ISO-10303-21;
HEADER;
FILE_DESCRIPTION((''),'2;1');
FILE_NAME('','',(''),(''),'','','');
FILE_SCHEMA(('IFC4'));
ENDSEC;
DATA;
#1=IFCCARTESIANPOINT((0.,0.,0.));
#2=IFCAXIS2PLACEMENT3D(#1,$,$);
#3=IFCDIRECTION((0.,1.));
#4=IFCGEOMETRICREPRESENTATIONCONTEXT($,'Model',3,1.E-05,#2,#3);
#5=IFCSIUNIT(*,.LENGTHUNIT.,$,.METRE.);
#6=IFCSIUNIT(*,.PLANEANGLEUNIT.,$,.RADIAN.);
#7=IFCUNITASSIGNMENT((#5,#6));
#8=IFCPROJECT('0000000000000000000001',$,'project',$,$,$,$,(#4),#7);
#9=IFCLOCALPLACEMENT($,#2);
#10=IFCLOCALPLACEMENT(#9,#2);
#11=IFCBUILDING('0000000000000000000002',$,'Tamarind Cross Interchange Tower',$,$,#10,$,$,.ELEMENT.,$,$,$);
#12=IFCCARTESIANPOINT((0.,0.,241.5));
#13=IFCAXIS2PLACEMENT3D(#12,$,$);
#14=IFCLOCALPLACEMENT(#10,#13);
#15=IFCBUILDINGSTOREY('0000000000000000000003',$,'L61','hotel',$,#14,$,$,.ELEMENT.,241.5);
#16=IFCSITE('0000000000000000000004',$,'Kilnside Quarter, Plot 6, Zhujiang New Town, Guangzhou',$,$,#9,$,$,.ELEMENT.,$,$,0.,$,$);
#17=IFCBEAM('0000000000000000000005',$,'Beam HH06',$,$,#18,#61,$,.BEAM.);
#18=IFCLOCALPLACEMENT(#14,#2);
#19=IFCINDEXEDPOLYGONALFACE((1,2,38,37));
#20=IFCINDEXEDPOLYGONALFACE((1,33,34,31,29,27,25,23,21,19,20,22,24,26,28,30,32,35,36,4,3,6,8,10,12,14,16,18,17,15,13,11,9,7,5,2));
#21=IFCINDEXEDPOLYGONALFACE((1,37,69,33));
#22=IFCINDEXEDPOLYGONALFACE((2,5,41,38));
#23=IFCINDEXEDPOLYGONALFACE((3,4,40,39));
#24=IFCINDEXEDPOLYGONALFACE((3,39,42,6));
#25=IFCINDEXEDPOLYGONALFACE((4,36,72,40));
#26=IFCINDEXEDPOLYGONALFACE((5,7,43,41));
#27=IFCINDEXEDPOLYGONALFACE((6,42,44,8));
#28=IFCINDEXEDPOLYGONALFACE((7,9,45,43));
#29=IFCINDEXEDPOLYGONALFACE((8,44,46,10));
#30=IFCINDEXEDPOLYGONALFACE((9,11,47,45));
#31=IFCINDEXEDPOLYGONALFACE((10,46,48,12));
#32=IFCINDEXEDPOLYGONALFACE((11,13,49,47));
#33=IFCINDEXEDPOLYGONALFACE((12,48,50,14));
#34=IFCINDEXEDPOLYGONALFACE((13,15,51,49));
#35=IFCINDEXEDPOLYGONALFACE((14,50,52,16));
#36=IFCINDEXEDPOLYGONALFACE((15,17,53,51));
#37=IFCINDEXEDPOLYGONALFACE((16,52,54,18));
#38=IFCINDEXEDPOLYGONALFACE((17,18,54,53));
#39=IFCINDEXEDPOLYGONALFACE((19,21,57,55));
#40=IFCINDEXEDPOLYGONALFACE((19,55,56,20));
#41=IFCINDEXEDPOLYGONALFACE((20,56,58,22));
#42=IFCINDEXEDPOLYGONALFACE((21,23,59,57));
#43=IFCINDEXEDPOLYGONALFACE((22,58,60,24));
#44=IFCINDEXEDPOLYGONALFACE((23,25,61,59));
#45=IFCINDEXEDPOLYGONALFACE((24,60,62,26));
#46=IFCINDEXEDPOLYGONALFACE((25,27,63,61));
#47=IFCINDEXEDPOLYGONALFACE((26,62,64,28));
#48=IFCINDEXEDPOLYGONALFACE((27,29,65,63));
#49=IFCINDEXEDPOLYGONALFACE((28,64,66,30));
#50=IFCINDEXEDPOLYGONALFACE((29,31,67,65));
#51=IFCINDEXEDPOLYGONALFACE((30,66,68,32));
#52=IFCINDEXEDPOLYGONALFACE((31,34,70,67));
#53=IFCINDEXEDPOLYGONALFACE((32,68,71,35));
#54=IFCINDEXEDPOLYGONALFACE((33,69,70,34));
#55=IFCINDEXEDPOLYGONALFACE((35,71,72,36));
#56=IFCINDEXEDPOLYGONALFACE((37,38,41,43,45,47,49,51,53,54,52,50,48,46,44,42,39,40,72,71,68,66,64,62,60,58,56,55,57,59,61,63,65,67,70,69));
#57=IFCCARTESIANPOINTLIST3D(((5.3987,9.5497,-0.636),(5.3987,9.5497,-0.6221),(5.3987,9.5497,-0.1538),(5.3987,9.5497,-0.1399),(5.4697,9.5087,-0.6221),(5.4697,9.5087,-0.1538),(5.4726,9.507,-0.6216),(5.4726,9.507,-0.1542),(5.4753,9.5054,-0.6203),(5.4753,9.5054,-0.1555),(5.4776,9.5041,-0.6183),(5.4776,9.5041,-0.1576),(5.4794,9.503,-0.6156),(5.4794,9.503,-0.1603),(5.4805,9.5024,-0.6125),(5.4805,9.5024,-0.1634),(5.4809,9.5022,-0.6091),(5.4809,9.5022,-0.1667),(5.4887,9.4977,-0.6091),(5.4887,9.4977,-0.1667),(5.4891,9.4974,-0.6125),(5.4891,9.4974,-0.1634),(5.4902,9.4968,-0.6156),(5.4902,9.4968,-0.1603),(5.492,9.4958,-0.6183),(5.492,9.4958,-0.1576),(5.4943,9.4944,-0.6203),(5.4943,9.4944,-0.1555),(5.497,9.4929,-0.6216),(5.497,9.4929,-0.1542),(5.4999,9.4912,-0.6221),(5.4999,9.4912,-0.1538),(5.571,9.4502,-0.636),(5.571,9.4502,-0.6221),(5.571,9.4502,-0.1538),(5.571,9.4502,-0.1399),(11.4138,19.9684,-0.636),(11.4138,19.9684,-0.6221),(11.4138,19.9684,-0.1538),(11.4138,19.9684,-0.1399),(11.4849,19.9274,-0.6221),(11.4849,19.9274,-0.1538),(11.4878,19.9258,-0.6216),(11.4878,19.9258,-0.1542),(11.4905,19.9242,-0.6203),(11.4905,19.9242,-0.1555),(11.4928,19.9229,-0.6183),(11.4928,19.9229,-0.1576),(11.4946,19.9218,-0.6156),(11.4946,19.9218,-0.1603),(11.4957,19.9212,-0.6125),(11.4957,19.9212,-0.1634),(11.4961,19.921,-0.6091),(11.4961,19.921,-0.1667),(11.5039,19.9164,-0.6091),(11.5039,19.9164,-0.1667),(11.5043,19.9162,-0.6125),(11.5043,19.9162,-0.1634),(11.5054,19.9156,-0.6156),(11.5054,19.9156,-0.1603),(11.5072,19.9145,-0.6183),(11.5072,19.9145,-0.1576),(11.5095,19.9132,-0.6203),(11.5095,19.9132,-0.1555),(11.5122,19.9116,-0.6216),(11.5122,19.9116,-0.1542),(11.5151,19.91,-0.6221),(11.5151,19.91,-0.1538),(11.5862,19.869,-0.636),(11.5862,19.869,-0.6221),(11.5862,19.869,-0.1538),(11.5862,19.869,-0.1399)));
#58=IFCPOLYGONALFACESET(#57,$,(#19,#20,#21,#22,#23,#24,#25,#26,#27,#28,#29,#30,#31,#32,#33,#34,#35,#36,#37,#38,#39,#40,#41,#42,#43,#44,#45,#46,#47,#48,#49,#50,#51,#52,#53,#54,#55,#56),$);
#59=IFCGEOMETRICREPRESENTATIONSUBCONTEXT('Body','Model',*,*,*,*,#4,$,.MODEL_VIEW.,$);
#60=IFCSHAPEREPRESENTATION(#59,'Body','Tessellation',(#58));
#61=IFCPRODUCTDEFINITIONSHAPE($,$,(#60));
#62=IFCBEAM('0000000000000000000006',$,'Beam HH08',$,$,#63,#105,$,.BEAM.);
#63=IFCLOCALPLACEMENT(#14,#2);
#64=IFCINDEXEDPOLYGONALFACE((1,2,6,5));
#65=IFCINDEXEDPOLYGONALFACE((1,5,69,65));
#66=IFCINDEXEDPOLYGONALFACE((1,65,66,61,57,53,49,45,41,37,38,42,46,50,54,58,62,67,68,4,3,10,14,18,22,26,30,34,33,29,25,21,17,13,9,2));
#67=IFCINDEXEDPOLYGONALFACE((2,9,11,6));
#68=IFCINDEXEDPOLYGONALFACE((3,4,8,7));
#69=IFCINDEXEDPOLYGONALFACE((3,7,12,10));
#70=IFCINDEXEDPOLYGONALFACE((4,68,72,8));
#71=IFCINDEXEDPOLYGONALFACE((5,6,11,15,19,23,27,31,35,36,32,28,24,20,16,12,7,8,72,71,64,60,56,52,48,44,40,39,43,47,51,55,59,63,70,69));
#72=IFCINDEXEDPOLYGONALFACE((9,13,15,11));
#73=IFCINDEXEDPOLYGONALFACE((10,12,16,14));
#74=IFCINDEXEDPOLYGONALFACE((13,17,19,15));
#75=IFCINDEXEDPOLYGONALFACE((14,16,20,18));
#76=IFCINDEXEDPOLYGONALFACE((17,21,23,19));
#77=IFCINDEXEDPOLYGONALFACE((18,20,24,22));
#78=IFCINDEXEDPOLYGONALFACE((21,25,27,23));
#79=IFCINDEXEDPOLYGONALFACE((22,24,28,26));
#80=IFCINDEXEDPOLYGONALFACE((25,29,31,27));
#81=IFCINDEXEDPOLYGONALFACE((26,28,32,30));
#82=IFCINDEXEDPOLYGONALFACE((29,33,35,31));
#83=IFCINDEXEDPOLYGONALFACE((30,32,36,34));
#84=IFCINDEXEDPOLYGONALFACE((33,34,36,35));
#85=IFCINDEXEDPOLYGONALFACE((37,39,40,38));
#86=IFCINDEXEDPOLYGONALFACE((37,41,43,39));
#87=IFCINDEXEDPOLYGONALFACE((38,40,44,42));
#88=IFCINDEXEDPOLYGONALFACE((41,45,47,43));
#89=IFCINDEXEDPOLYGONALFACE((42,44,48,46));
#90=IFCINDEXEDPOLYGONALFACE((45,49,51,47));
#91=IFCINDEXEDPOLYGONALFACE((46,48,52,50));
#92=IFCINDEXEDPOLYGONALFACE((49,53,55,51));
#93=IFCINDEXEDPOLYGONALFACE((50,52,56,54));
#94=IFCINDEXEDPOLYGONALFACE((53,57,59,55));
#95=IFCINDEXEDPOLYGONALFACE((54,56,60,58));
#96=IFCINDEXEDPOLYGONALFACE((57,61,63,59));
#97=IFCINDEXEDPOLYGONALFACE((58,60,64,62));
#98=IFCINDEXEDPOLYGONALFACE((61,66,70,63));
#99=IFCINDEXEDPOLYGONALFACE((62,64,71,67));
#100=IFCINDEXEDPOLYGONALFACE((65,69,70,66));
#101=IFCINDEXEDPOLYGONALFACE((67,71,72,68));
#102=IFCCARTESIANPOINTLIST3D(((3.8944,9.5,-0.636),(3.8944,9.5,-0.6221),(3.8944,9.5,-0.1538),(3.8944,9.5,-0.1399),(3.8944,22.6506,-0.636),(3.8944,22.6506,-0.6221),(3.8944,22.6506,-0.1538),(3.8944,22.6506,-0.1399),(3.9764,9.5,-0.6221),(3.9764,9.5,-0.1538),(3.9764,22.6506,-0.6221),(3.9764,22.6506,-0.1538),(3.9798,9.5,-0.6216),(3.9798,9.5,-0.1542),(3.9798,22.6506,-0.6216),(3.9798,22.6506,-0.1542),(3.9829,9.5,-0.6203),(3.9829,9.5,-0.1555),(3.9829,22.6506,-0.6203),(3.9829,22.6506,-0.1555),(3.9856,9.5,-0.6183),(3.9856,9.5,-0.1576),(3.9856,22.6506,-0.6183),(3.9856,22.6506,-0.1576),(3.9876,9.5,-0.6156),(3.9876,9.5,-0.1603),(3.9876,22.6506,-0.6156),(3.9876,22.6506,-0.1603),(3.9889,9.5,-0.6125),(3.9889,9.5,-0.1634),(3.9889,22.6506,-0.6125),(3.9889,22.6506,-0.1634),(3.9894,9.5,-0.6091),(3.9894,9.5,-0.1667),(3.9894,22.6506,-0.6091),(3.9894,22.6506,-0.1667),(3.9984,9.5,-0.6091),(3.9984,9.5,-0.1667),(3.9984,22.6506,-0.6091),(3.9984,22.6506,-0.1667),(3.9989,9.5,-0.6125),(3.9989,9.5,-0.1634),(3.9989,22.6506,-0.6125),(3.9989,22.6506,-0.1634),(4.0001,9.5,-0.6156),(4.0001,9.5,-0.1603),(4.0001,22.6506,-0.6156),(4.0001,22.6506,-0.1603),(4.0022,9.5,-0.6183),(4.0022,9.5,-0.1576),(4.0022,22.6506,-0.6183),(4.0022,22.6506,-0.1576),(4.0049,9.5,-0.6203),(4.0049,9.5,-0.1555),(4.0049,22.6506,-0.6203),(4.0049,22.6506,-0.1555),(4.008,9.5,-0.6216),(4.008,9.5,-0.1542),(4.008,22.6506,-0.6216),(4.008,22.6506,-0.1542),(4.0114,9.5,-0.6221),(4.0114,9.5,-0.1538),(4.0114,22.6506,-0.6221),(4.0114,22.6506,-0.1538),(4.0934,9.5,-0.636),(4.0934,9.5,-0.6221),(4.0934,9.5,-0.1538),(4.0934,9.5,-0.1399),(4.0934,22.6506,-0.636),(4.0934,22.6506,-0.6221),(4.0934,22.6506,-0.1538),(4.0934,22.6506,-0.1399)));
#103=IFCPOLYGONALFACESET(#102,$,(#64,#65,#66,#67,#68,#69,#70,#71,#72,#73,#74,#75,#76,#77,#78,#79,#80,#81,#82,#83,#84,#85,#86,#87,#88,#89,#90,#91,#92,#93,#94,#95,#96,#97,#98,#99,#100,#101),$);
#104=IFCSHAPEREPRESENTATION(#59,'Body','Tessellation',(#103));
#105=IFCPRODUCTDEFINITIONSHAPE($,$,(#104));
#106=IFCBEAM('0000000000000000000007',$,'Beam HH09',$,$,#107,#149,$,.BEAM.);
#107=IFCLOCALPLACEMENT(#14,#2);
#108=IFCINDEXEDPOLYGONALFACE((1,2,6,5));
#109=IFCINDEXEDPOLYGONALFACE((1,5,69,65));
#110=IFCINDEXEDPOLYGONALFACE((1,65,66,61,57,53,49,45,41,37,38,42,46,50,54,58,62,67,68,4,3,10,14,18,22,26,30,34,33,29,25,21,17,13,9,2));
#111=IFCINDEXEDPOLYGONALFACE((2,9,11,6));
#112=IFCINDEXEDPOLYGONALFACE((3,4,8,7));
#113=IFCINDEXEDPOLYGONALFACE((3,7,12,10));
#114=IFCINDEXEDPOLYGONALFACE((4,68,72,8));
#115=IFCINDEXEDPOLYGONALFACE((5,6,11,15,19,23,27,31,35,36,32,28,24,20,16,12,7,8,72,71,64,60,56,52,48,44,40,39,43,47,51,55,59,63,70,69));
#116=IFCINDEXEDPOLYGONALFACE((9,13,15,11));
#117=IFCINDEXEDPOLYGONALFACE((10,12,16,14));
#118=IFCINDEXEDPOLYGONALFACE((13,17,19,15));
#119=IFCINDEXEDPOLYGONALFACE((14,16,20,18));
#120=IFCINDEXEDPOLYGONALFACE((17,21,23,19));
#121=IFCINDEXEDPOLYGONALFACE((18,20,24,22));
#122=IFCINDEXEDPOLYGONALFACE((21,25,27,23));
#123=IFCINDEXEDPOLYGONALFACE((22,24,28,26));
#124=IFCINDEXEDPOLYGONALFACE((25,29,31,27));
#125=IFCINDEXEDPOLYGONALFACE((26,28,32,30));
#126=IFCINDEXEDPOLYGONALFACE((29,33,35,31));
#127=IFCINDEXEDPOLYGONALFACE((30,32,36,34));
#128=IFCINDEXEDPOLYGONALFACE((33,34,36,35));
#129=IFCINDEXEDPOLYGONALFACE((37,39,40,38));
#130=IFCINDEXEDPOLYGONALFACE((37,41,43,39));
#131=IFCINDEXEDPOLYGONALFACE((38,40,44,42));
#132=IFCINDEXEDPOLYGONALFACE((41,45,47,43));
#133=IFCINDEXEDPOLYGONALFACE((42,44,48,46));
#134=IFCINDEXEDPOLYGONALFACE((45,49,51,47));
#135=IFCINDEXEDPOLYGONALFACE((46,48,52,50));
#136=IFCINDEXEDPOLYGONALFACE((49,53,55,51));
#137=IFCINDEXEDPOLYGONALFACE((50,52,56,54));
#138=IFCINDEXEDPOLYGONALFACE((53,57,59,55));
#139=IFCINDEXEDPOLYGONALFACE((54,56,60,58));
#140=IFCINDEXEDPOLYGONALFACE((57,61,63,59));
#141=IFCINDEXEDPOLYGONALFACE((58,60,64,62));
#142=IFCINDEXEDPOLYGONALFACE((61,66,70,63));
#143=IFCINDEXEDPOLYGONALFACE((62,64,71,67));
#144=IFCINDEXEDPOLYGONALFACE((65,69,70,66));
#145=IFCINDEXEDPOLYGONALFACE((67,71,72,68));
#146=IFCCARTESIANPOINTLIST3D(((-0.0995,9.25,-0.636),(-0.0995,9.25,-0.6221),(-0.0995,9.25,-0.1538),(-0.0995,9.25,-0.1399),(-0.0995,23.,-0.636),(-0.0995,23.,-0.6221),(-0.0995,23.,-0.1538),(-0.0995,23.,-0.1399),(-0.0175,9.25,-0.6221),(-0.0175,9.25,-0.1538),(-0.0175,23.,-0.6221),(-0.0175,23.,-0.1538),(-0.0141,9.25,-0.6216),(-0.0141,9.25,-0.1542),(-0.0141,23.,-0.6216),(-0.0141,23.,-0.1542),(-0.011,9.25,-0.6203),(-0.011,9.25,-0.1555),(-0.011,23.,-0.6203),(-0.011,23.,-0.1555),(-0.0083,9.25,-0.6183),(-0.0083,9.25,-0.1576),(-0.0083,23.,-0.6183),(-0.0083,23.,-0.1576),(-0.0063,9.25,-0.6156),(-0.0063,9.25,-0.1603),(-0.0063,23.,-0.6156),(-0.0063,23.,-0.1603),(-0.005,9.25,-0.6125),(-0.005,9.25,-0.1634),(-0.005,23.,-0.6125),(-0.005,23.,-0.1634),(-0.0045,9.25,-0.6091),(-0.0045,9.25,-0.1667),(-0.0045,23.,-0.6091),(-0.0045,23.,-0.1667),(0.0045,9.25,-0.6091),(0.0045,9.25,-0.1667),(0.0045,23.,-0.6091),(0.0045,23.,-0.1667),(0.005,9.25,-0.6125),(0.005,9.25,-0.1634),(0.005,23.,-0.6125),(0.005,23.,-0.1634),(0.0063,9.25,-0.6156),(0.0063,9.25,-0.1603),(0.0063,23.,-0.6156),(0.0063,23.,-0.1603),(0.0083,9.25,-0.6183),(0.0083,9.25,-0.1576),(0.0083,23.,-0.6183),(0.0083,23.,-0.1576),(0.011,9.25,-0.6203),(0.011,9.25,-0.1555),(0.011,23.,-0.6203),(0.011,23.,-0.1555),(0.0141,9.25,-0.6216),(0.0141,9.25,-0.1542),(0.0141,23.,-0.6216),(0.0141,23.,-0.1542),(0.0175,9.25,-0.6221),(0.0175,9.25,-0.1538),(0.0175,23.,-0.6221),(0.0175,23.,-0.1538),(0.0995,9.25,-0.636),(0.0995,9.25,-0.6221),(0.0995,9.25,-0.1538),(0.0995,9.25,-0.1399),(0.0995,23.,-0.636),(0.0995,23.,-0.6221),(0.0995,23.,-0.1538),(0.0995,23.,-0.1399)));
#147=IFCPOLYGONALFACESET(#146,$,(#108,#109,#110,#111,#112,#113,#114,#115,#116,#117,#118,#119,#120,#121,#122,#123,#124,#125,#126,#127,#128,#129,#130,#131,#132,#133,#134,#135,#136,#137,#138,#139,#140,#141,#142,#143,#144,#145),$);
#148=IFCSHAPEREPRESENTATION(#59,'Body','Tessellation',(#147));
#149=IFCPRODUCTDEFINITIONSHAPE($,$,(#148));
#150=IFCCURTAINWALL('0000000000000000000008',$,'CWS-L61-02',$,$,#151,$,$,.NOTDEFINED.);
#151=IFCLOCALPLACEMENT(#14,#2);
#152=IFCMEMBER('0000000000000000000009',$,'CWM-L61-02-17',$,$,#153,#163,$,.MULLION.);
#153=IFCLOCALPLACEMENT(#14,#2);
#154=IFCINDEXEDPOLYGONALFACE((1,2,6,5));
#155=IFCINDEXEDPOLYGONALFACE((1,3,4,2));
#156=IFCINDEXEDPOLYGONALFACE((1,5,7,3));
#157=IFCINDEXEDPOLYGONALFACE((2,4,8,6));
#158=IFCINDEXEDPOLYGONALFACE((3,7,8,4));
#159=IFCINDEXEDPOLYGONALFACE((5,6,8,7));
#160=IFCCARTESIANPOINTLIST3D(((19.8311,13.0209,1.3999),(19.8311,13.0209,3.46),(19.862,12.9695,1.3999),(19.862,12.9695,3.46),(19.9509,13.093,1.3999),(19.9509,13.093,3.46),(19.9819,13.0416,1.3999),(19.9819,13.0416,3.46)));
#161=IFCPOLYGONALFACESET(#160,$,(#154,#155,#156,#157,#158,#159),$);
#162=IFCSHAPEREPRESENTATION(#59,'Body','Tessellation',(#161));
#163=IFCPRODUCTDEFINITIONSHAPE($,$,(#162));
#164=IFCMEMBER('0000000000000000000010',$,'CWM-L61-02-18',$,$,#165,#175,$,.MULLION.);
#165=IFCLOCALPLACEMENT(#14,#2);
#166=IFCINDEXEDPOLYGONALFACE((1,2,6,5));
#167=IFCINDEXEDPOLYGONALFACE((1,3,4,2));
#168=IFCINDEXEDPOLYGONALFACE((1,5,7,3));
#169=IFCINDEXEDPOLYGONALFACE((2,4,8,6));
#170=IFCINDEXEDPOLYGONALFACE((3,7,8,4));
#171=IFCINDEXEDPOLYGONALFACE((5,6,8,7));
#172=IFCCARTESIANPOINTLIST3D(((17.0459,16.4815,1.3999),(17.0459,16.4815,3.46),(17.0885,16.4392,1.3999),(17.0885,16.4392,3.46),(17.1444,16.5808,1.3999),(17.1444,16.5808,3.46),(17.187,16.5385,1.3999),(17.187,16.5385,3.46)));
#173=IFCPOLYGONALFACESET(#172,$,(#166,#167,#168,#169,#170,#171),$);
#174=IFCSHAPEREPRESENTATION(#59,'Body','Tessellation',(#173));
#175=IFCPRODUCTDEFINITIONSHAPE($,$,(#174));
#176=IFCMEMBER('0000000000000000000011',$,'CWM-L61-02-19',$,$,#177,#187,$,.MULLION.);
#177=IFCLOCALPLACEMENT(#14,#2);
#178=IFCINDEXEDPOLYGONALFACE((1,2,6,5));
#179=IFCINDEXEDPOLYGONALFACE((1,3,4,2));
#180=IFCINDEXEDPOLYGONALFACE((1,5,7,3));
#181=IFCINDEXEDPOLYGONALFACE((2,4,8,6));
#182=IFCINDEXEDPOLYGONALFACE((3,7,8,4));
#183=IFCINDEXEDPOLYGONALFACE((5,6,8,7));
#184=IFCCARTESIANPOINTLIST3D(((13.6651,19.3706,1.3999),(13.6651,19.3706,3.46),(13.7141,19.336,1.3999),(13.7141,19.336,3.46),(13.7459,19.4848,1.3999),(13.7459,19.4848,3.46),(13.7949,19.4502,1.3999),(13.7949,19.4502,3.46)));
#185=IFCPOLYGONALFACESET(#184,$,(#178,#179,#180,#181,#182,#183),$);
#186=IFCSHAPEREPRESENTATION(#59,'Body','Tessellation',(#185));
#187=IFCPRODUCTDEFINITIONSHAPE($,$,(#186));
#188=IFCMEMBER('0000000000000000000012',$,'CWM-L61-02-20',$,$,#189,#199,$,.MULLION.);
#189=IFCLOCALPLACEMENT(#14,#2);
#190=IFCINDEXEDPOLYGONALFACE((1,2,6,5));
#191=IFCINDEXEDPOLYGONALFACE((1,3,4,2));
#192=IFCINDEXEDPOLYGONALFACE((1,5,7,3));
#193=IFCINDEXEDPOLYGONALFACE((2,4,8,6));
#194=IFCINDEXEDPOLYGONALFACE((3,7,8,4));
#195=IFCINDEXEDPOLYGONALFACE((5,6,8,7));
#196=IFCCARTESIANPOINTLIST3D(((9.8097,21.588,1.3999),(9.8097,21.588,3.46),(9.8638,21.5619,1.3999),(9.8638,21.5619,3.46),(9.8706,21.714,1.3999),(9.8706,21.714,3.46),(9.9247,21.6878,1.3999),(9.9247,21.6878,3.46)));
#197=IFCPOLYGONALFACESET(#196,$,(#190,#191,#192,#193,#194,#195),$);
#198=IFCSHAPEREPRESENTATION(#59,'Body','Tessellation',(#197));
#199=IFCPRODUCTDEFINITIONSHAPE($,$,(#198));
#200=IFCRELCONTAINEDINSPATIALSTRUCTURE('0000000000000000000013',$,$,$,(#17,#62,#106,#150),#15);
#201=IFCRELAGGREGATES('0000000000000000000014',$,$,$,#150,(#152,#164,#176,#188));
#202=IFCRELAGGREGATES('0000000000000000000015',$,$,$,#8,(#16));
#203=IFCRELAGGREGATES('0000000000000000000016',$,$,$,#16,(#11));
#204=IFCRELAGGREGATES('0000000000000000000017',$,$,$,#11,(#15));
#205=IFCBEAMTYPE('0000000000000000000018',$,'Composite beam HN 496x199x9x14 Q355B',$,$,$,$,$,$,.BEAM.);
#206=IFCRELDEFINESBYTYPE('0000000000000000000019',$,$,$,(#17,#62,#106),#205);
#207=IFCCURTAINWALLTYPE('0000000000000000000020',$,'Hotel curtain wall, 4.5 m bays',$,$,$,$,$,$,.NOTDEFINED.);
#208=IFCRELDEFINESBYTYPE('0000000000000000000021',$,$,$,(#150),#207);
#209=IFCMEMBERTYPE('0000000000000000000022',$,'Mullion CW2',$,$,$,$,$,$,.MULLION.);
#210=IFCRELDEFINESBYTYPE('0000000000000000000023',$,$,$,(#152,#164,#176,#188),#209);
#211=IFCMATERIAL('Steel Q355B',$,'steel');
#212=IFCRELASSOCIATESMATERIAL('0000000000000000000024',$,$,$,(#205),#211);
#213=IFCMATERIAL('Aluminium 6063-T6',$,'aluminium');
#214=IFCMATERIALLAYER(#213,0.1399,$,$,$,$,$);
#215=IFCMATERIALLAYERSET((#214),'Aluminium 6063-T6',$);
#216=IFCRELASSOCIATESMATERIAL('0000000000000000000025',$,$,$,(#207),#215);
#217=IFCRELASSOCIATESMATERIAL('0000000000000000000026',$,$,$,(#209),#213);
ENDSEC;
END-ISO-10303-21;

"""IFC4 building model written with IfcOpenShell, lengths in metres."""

from ifc_helpers import new_model, si_unit, direction, frame, origin, origin_2d, place, context, subcontext, project, spatial, rectangle, i_section, extrude, material, layer, layer_set, material_profile, profile_set, type_object, element, aggregate, save


model = new_model("IFC4")

# Units and contexts
model_context = context("Model", 3, precision=1e-05, world=origin(), true_north=direction((0.0, 1.0)))
body_context = subcontext(model_context, "Body", "Model", "MODEL_VIEW")
ifc_project = project(units=[si_unit("LENGTHUNIT", "METRE"), si_unit("PLANEANGLEUNIT", "RADIAN")], contexts=[model_context])

# Site, building, storey
site_placement = place(None, origin())
site = spatial("IfcSite", under=ifc_project, at=site_placement, Name="Kilnside Quarter, Plot 6, Zhujiang New Town, Guangzhou", CompositionType="ELEMENT", RefElevation=0.0)
building_placement = place(site_placement, origin())
building = spatial("IfcBuilding", under=site, at=building_placement, Name="Tamarind Cross Interchange Tower", CompositionType="ELEMENT")
storey_placement = place(building_placement, frame((0.0, 0.0, 241.5)))
storey = spatial("IfcBuildingStorey", under=building, at=storey_placement, Name="L61", Description="hotel", CompositionType="ELEMENT", Elevation=241.5)

# Beams
ifc_material_1 = material(Name="Steel Q355B", Category="steel")
ifc_material_profile_1 = material_profile(ifc_material_1, i_section(OverallWidth=0.199, OverallDepth=0.4961, WebThickness=0.009, FlangeThickness=0.0139, FilletRadius=0.0129, at=origin_2d()), Name="HN 496x199x9x14")
ifc_profile_set_1 = profile_set([ifc_material_profile_1], Name="Steel Q355B")
beam_type = type_object("IfcBeamType", Name="Composite beam HN 496x199x9x14 Q355B", PredefinedType="BEAM", material=ifc_profile_set_1)
beam_1_placement = place(storey_placement, frame((11.5, 19.9187, -0.3879), z_axis=(-0.499994, -0.866029, 0.0), x_axis=(0.866029, -0.499994, 0.0)))
element("IfcBeam", 1, at=beam_1_placement, inside=storey, type_object=beam_type, Name="Beam HH06", PredefinedType="BEAM", context=body_context, shape_type="SweptSolid", body=[
    extrude(i_section(OverallWidth=0.199, OverallDepth=0.4961, WebThickness=0.009, FlangeThickness=0.0139, FilletRadius=0.0129, at=origin_2d()), origin(), (0.0, 0.0, 1.0), 12.0305),
])
beam_2_placement = place(storey_placement, frame((3.9939, 22.6506, -0.3879), z_axis=(0.0, -1.0, 0.0), x_axis=(1.0, 0.0, 0.0)))
element("IfcBeam", 2, at=beam_2_placement, inside=storey, type_object=beam_type, Name="Beam HH08", PredefinedType="BEAM", context=body_context, shape_type="SweptSolid", body=[
    extrude(i_section(OverallWidth=0.199, OverallDepth=0.4961, WebThickness=0.009, FlangeThickness=0.0139, FilletRadius=0.0129, at=origin_2d()), origin(), (0.0, 0.0, 1.0), 13.1506),
])
beam_3_placement = place(storey_placement, frame((0.0, 23.0, -0.3879), z_axis=(0.0, -1.0, 0.0), x_axis=(1.0, 0.0, 0.0)))
element("IfcBeam", 3, at=beam_3_placement, inside=storey, type_object=beam_type, Name="Beam HH09", PredefinedType="BEAM", context=body_context, shape_type="SweptSolid", body=[
    extrude(i_section(OverallWidth=0.199, OverallDepth=0.4961, WebThickness=0.009, FlangeThickness=0.0139, FilletRadius=0.0129, at=origin_2d()), origin(), (0.0, 0.0, 1.0), 13.75),
])

# Curtain wall, members
ifc_material_2 = material(Name="Aluminium 6063-T6", Category="aluminium")
ifc_layer_1 = layer(ifc_material_2, 0.1399)
ifc_layer_set_1 = layer_set([ifc_layer_1], Name="Aluminium 6063-T6")
curtain_wall_type = type_object("IfcCurtainWallType", Name="Hotel curtain wall, 4.5 m bays", PredefinedType="NOTDEFINED", material=ifc_layer_set_1)
curtain_wall_1_placement = place(storey_placement, origin())
curtain_wall_1 = element("IfcCurtainWall", 4, at=curtain_wall_1_placement, inside=storey, type_object=curtain_wall_type, Name="CWS-L61-02", PredefinedType="NOTDEFINED")
ifc_material_profile_2 = material_profile(ifc_material_2, rectangle(XDim=0.0601, YDim=0.1399, at=origin_2d()), Name="Mullion CW2")
ifc_profile_set_2 = profile_set([ifc_material_profile_2], Name="Aluminium 6063-T6")
member_type = type_object("IfcMemberType", Name="Mullion CW2", PredefinedType="MULLION", material=ifc_profile_set_2)
member_1_placement = place(storey_placement, frame((19.9065, 13.0312, 1.3999), z_axis=(0.0, 0.0, 1.0), x_axis=(-0.515577, 0.856843, 0.0)))
member_1 = element("IfcMember", 5, at=member_1_placement, type_object=member_type, Name="CWM-L61-02-17", PredefinedType="MULLION", context=body_context, shape_type="SweptSolid", body=[
    extrude(rectangle(XDim=0.0601, YDim=0.1399, at=origin_2d()), origin(), (0.0, 0.0, 1.0), 2.0601),
])
member_2_placement = place(storey_placement, frame((17.1165, 16.51, 1.3999), z_axis=(0.0, 0.0, 1.0), x_axis=(-0.710143, 0.704057, 0.0)))
member_2 = element("IfcMember", 6, at=member_2_placement, type_object=member_type, Name="CWM-L61-02-18", PredefinedType="MULLION", context=body_context, shape_type="SweptSolid", body=[
    extrude(rectangle(XDim=0.0601, YDim=0.1399, at=origin_2d()), origin(), (0.0, 0.0, 1.0), 2.0601),
])
member_3_placement = place(storey_placement, frame((13.73, 19.4104, 1.3999), z_axis=(0.0, 0.0, 1.0), x_axis=(-0.816342, 0.577569, 0.0)))
member_3 = element("IfcMember", 7, at=member_3_placement, type_object=member_type, Name="CWM-L61-02-19", PredefinedType="MULLION", context=body_context, shape_type="SweptSolid", body=[
    extrude(rectangle(XDim=0.0601, YDim=0.1399, at=origin_2d()), origin(), (0.0, 0.0, 1.0), 2.0601),
])
member_4_placement = place(storey_placement, frame((9.8672, 21.6379, 1.3999), z_axis=(0.0, 0.0, 1.0), x_axis=(-0.900273, 0.435326, 0.0)))
member_4 = element("IfcMember", 8, at=member_4_placement, type_object=member_type, Name="CWM-L61-02-20", PredefinedType="MULLION", context=body_context, shape_type="SweptSolid", body=[
    extrude(rectangle(XDim=0.0601, YDim=0.1399, at=origin_2d()), origin(), (0.0, 0.0, 1.0), 2.0601),
])
aggregate(curtain_wall_1, [member_1, member_2, member_3, member_4])

save(model, "model.ifc")
